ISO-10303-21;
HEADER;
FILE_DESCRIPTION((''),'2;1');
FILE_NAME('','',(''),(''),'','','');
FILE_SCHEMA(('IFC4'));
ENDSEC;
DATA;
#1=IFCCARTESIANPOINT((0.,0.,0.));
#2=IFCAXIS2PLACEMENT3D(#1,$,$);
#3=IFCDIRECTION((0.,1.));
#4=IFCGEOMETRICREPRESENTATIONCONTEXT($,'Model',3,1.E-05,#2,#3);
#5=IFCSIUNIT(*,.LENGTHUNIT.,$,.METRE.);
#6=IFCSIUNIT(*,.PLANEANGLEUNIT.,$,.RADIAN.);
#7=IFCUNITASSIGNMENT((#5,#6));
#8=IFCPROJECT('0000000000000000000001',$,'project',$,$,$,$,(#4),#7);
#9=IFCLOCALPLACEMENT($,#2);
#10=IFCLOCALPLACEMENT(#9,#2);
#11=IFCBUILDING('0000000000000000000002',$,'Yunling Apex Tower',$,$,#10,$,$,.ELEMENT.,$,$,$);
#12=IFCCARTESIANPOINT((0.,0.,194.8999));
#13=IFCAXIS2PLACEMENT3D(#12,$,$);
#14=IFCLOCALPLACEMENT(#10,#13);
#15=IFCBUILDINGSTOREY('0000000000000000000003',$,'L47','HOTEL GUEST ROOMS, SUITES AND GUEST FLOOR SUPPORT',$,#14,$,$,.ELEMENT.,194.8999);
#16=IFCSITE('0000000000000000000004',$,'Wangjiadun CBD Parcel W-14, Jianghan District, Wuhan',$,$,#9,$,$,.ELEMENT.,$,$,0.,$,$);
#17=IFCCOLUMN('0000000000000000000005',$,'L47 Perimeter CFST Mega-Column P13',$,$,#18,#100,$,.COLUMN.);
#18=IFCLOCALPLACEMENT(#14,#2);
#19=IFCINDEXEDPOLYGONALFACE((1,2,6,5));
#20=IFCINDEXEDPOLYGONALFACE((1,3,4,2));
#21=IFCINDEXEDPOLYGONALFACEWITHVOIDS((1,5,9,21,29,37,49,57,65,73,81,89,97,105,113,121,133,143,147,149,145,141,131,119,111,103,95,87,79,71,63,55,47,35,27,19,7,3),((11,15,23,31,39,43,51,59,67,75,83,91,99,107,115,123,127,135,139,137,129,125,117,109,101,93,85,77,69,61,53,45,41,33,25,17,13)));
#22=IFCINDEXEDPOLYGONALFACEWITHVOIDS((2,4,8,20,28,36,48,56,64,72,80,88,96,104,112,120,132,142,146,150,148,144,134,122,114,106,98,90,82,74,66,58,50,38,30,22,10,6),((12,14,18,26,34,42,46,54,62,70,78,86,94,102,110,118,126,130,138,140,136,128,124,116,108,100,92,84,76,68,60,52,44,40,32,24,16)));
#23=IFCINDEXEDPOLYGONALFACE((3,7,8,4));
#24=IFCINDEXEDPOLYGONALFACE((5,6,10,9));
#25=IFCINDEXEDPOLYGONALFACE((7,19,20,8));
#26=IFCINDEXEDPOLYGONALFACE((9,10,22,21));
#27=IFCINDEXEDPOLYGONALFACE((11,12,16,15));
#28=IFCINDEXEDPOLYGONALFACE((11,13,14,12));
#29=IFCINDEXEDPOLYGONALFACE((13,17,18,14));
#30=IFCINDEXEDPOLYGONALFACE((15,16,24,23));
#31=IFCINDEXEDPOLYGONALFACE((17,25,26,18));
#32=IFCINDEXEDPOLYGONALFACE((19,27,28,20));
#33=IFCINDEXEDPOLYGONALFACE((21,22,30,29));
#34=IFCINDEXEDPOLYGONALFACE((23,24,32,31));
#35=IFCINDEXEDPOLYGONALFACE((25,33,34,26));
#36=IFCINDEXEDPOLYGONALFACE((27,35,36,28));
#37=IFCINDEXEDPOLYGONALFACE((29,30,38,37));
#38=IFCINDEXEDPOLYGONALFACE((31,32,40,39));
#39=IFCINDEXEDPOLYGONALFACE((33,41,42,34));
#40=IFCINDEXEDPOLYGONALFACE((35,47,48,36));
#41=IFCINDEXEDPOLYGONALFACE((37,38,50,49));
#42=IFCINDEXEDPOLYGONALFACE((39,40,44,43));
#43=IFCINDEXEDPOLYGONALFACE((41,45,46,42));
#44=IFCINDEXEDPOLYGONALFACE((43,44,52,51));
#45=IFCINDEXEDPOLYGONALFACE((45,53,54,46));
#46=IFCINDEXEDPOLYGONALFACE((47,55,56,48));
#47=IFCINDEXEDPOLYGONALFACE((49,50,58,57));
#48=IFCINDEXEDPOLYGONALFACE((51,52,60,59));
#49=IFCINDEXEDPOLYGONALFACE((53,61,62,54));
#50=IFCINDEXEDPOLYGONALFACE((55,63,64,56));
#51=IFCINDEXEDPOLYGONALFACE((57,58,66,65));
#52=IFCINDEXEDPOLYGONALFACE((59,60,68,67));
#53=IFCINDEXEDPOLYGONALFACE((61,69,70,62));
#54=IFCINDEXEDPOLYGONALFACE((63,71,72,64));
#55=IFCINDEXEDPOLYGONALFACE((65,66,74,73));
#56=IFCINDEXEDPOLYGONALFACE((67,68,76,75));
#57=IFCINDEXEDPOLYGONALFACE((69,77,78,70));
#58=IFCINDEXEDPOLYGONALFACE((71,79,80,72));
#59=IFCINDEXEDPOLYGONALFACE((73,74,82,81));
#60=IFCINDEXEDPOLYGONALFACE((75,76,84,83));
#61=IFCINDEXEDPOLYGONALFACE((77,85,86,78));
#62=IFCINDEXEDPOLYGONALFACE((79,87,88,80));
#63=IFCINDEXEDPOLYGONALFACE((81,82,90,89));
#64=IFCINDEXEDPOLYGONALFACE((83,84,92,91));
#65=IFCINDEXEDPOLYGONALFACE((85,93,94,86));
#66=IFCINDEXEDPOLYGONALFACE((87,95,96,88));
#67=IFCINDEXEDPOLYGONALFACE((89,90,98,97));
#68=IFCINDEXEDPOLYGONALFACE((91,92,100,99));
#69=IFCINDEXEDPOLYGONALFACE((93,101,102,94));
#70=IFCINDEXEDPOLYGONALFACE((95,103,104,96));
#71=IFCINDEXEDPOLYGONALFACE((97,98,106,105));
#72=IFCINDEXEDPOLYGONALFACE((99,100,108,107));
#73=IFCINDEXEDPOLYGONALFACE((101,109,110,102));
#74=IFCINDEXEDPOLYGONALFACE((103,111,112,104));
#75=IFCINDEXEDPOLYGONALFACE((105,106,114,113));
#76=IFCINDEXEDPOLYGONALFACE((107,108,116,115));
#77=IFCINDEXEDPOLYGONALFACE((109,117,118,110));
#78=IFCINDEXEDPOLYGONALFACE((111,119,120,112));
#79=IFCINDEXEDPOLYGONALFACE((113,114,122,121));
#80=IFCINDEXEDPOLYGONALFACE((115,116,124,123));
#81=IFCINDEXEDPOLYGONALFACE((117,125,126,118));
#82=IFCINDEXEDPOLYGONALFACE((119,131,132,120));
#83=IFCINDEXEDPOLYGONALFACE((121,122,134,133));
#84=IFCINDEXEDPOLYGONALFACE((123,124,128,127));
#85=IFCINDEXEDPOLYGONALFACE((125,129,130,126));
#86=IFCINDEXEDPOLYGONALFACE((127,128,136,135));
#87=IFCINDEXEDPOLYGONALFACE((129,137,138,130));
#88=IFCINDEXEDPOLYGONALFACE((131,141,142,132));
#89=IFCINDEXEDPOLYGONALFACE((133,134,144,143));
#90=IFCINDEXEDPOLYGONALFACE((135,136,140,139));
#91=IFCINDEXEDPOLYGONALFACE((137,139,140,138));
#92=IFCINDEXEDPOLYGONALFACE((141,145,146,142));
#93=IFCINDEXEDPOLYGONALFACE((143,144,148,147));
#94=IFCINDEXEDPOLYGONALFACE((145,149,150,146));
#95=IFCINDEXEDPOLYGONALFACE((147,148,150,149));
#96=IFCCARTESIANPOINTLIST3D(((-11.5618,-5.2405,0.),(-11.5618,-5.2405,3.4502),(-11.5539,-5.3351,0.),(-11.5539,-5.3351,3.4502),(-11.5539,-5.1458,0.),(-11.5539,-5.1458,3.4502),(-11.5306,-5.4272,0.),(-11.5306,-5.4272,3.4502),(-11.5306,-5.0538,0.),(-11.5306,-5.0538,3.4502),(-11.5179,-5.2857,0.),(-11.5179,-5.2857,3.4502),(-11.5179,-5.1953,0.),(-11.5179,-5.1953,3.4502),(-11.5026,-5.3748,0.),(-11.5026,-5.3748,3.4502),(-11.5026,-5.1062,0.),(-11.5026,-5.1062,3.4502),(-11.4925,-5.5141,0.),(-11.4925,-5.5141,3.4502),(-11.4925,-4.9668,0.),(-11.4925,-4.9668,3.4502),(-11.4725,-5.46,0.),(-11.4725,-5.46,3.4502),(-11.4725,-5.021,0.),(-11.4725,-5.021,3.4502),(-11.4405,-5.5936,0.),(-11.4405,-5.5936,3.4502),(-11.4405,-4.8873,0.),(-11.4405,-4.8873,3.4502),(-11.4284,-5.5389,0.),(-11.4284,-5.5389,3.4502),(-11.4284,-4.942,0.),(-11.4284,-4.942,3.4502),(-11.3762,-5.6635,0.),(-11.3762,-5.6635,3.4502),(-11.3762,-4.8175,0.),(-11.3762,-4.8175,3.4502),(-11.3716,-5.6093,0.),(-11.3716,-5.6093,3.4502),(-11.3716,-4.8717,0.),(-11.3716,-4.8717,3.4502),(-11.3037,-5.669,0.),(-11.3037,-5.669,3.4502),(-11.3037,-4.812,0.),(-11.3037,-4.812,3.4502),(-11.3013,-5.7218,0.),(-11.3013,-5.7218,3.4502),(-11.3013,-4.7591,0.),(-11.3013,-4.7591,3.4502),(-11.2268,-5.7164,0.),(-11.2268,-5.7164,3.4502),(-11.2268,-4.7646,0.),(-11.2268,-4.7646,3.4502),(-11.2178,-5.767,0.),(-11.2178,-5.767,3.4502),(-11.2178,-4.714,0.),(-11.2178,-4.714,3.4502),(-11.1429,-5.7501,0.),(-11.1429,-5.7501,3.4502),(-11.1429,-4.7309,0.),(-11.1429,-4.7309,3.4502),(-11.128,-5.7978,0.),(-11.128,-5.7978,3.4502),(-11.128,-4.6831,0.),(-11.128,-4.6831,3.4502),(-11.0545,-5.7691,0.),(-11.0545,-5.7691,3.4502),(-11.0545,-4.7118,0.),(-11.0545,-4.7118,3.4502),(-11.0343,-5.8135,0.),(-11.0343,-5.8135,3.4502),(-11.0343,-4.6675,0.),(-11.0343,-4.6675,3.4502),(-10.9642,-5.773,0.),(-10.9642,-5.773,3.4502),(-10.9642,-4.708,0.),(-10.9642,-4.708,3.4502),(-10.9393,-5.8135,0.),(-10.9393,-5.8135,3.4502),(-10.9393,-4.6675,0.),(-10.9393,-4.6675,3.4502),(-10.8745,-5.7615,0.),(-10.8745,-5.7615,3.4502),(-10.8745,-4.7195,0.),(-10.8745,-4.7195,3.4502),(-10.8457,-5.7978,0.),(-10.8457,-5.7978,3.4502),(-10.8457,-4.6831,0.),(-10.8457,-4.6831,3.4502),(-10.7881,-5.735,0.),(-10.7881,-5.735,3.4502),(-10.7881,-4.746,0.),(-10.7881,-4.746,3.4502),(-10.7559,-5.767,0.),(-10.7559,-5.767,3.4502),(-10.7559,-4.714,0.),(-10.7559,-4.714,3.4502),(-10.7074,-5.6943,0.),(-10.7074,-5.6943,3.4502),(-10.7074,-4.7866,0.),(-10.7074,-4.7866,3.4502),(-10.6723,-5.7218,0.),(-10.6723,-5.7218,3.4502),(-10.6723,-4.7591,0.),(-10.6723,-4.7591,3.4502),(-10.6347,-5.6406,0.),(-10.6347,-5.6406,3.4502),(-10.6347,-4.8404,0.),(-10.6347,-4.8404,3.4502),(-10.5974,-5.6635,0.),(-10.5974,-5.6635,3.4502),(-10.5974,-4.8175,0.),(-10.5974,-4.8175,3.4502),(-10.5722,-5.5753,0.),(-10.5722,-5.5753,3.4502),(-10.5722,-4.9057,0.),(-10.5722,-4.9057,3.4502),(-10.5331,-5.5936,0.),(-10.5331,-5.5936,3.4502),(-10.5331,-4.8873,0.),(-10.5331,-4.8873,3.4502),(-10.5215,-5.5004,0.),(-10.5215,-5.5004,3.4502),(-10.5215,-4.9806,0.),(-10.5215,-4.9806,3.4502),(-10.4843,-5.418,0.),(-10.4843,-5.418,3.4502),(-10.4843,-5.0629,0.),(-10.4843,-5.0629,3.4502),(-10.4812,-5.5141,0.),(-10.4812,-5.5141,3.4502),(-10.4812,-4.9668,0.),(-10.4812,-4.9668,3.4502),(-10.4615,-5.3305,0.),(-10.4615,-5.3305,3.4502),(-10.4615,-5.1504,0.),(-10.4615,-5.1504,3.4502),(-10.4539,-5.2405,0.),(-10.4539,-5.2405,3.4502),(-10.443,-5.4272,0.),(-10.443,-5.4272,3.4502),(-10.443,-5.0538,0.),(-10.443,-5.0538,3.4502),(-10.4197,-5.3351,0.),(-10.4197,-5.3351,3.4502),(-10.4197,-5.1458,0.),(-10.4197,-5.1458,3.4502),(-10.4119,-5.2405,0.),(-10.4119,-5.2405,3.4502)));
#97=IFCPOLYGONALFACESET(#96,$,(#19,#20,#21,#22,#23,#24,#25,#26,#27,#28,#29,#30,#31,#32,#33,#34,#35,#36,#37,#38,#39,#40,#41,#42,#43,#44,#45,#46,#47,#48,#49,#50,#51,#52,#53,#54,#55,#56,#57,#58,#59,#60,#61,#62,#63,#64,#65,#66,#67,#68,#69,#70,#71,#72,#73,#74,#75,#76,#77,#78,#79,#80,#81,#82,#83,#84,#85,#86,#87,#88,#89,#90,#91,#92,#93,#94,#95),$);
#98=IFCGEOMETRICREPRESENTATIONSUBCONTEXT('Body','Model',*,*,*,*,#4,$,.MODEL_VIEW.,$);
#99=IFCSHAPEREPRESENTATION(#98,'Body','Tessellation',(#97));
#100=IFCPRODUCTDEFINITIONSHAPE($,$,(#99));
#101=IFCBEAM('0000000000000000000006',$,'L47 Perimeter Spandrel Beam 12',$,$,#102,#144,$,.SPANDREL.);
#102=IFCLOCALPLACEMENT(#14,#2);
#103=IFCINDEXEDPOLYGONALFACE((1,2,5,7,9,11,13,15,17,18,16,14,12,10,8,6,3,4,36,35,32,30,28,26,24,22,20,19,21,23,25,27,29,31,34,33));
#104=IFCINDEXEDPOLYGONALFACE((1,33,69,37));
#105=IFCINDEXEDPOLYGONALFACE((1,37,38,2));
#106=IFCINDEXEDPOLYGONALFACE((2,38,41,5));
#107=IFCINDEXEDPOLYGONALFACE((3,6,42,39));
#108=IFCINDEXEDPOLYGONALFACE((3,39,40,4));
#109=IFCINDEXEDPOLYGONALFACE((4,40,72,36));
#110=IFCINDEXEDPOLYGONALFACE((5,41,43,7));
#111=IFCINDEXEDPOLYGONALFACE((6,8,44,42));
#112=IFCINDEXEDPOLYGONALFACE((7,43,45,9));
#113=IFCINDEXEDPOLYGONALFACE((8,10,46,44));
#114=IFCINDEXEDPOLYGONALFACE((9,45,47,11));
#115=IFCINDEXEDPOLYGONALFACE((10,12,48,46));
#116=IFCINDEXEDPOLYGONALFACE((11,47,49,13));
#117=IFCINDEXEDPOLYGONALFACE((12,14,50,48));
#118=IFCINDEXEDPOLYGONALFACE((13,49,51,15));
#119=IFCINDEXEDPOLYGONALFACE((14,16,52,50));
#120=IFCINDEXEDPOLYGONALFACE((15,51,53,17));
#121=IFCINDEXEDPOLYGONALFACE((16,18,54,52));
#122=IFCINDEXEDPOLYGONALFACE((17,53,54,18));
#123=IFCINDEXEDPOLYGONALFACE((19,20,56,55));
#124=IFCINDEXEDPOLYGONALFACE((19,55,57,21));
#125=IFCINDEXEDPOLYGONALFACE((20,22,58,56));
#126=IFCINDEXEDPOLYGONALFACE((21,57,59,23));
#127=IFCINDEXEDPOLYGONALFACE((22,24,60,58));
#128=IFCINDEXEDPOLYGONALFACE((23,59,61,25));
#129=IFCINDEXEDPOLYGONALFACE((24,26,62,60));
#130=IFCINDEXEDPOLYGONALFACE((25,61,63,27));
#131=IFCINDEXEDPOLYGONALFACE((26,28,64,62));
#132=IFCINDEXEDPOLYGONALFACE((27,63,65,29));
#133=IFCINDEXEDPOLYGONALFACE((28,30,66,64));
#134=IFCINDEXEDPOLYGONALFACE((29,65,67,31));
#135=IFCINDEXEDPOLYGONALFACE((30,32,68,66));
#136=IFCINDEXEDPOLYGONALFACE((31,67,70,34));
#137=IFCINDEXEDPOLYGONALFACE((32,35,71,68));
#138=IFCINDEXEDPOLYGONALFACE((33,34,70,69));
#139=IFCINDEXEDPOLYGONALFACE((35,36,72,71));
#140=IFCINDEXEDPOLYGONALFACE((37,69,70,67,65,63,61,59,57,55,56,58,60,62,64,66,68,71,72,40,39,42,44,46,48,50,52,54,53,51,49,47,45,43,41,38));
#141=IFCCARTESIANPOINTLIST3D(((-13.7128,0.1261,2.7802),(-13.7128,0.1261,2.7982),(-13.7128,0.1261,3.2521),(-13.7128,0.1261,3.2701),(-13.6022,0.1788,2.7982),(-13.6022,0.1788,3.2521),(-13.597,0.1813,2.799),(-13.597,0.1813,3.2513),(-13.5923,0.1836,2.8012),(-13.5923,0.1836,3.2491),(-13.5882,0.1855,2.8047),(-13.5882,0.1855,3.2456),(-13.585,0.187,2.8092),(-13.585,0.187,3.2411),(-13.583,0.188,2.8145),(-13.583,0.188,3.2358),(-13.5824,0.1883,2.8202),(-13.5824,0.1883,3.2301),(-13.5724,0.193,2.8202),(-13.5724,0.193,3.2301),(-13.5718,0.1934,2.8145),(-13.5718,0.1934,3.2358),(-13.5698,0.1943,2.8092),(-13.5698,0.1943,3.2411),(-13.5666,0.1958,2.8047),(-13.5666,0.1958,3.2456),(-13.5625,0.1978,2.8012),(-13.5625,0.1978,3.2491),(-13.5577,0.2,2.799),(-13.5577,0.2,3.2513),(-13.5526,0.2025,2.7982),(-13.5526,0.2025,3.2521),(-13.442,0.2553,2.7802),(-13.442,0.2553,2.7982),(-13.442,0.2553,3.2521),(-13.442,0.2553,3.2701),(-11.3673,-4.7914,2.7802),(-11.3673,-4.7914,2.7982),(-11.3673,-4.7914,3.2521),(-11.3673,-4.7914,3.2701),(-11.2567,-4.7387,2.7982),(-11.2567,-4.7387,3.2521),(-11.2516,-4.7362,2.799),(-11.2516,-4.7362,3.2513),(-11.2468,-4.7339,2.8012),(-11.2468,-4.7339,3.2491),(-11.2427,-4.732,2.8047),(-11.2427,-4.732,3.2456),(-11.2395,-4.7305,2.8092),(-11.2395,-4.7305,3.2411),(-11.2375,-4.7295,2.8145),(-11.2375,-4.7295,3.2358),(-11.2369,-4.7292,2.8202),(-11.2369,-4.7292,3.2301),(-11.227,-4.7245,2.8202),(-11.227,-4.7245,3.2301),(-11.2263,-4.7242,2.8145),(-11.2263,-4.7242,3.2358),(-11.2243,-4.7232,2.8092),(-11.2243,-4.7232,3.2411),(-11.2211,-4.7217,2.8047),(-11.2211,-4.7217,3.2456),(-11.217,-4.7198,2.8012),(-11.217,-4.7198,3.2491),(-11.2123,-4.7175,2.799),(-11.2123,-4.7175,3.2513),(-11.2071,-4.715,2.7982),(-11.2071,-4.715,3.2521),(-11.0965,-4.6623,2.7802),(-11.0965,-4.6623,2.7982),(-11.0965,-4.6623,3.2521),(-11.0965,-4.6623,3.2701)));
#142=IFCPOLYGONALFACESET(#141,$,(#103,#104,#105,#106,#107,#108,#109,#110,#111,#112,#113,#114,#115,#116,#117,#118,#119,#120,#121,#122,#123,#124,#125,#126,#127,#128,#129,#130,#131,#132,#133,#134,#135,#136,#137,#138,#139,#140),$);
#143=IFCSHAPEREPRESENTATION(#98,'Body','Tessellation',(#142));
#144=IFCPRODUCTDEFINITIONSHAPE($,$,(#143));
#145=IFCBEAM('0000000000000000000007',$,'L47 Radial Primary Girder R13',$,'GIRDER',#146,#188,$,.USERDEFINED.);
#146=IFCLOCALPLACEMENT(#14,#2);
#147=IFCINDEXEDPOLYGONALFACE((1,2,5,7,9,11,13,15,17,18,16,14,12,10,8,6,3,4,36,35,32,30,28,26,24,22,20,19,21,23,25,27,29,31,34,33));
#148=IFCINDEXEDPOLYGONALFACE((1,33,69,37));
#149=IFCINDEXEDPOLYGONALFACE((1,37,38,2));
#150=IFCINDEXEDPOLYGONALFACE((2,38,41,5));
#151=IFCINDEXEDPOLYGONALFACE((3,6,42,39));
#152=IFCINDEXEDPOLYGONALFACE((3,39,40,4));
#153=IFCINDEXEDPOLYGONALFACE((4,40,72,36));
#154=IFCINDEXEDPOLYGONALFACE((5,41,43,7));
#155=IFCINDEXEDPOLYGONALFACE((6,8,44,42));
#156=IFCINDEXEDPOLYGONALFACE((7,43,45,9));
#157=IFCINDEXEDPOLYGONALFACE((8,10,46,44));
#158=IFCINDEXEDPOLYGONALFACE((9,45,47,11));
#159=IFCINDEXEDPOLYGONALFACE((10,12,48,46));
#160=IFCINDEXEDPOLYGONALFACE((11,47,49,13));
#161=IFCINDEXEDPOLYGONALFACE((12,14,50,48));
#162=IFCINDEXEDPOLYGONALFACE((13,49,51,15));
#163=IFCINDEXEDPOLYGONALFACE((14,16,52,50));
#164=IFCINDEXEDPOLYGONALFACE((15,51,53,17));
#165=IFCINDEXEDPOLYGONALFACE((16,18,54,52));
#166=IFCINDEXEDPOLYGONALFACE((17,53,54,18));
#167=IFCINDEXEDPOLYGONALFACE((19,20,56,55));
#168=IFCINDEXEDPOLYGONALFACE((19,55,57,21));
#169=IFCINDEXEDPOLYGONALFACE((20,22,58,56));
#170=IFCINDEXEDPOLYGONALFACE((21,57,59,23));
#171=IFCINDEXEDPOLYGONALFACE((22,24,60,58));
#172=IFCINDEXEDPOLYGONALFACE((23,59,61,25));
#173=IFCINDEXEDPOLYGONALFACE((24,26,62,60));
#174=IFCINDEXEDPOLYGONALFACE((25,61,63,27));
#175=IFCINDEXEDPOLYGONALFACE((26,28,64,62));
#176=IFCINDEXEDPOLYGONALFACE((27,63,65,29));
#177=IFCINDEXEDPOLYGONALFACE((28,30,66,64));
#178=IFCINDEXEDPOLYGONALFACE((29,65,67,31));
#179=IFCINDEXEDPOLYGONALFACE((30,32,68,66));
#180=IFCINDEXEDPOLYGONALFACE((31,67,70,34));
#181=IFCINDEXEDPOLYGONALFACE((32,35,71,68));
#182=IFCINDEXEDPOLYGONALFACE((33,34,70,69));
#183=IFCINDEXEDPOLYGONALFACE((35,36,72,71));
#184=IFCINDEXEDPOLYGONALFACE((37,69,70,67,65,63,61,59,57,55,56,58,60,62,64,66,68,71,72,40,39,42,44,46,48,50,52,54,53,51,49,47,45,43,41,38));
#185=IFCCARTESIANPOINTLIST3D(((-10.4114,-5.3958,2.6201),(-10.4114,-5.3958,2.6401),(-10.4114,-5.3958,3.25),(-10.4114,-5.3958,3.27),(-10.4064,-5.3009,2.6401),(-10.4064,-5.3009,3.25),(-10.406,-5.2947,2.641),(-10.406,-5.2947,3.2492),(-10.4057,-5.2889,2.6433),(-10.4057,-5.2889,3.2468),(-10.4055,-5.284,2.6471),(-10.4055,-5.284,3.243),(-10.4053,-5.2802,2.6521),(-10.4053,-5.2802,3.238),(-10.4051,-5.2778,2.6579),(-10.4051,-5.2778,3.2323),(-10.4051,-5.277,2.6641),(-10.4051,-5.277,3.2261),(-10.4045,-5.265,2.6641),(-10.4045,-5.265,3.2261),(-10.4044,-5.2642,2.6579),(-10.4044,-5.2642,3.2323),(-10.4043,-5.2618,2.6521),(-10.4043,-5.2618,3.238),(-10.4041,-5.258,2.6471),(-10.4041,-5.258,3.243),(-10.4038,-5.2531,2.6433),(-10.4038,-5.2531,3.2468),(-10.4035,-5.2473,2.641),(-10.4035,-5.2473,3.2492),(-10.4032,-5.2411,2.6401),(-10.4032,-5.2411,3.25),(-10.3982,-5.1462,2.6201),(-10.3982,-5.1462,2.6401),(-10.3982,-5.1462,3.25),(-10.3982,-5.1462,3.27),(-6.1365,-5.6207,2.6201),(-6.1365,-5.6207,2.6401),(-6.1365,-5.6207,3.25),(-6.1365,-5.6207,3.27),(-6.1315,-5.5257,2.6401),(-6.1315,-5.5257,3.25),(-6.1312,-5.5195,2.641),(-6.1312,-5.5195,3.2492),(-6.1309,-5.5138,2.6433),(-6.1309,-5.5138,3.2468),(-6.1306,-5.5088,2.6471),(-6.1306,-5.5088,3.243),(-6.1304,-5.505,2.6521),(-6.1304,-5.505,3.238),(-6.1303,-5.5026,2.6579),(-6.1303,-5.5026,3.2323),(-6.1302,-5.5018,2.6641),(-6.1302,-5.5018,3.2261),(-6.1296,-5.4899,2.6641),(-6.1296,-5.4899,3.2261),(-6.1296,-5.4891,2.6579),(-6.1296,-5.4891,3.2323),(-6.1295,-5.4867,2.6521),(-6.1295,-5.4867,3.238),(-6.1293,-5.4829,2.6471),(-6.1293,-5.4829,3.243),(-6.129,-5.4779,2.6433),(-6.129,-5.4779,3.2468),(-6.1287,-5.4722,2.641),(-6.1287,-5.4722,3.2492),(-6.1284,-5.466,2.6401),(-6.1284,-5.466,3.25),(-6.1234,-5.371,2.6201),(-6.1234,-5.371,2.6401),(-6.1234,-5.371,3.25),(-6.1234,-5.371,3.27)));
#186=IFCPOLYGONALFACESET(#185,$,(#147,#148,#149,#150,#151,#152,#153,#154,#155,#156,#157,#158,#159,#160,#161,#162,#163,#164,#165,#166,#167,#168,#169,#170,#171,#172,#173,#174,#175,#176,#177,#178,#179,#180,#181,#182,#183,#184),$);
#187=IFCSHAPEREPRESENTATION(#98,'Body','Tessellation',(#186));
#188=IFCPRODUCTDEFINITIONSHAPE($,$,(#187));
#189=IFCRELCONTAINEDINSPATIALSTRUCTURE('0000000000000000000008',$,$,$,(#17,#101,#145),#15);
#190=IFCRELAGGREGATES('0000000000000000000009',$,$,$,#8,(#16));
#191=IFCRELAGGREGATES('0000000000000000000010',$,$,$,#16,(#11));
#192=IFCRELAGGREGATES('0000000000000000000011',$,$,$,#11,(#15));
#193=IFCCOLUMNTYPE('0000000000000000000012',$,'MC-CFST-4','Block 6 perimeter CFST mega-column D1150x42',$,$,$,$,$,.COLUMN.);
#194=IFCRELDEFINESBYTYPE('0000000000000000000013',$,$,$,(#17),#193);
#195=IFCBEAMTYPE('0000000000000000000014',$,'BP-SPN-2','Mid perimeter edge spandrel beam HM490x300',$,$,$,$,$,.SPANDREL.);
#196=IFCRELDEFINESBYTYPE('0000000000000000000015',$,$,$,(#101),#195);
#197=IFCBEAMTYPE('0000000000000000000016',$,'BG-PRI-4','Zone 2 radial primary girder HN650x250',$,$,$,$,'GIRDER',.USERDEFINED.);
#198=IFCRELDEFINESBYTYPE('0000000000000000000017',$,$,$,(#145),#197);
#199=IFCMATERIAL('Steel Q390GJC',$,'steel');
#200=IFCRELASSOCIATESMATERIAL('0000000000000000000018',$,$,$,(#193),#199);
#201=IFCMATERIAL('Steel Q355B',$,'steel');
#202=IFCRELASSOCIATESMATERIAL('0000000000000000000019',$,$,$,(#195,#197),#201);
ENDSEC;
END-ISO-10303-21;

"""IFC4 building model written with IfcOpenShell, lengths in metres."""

from ifc_helpers import new_model, si_unit, direction, frame, origin, origin_2d, place, context, subcontext, project, spatial, hollow_circle, i_section, extrude, source, transform, mapped, material, material_profile, profile_set, type_object, element, save


model = new_model("IFC4")

# Units and contexts
model_context = context("Model", 3, precision=1e-05, world=origin(), true_north=direction((0.0, 1.0)))
body_context = subcontext(model_context, "Body", "Model", "MODEL_VIEW")
ifc_project = project(units=[si_unit("LENGTHUNIT", "METRE"), si_unit("PLANEANGLEUNIT", "RADIAN")], contexts=[model_context])

# Site, building, storey
site_placement = place(None, origin())
site = spatial("IfcSite", under=ifc_project, at=site_placement, Name="Wangjiadun CBD Parcel W-14, Jianghan District, Wuhan", CompositionType="ELEMENT", RefElevation=0.0)
building_placement = place(site_placement, origin())
building = spatial("IfcBuilding", under=site, at=building_placement, Name="Yunling Apex Tower", CompositionType="ELEMENT")
storey_placement = place(building_placement, frame((0.0, 0.0, 194.8999)))
storey = spatial("IfcBuildingStorey", under=building, at=storey_placement, Name="L47", Description="HOTEL GUEST ROOMS, SUITES AND GUEST FLOOR SUPPORT", CompositionType="ELEMENT", Elevation=194.8999)

# Column
ifc_material_1 = material(Name="Steel Q390GJC", Category="steel")
ifc_material_profile_1 = material_profile(ifc_material_1, hollow_circle(Radius=0.575, WallThickness=0.042, at=origin_2d()))
ifc_profile_set_1 = profile_set([ifc_material_profile_1], Name="Steel Q390GJC")
column_type = type_object("IfcColumnType", Name="MC-CFST-4", Description="Block 6 perimeter CFST mega-column D1150x42", PredefinedType="COLUMN", material=ifc_profile_set_1)
shared_shape_1 = source(origin(), body_context, "Body", "SweptSolid", [
    extrude(hollow_circle(Radius=0.575, WallThickness=0.042, at=origin_2d()), origin(), (0.0, 0.0, 1.0), 3.4502),
])
column_placement = place(storey_placement, frame((-10.9868, -5.2405, 0.0), z_axis=(0.0, 0.0, 1.0), x_axis=(1.0, 0.0, 0.0)))
element("IfcColumn", 1, at=column_placement, inside=storey, type_object=column_type, Name="L47 Perimeter CFST Mega-Column P13", PredefinedType="COLUMN", context=body_context, shape_type="MappedRepresentation", body=[
    mapped(shared_shape_1, transform((0.0, 0.0, 0.0), scale=1.0)),
])

# Beams
ifc_material_2 = material(Name="Steel Q355B", Category="steel")
ifc_material_profile_2 = material_profile(ifc_material_2, i_section(OverallWidth=0.3, OverallDepth=0.49, WebThickness=0.011, FlangeThickness=0.0181, FilletRadius=0.022, at=origin_2d()))
ifc_profile_set_2 = profile_set([ifc_material_profile_2], Name="Steel Q355B")
beam_type_1 = type_object("IfcBeamType", Name="BP-SPN-2", Description="Mid perimeter edge spandrel beam HM490x300", PredefinedType="SPANDREL", material=ifc_profile_set_2)
shared_shape_2 = source(origin(), body_context, "Body", "SweptSolid", [
    extrude(i_section(OverallWidth=0.3, OverallDepth=0.49, WebThickness=0.011, FlangeThickness=0.0181, FilletRadius=0.022, at=origin_2d()), origin(), (0.0, 0.0, 1.0), 5.4482),
])
beam_1_placement = place(storey_placement, frame((-13.5774, 0.1907, 3.0251), z_axis=(0.430502, -0.902589, 0.0), x_axis=(0.902589, 0.430502, 0.0)))
element("IfcBeam", 2, at=beam_1_placement, inside=storey, type_object=beam_type_1, Name="L47 Perimeter Spandrel Beam 12", PredefinedType="SPANDREL", context=body_context, shape_type="MappedRepresentation", body=[
    mapped(shared_shape_2, transform((0.0, 0.0, 0.0), scale=1.0)),
])
ifc_material_profile_3 = material_profile(ifc_material_2, i_section(OverallWidth=0.25, OverallDepth=0.6499, WebThickness=0.012, FlangeThickness=0.02, FilletRadius=0.0239, at=origin_2d()))
ifc_profile_set_3 = profile_set([ifc_material_profile_3], Name="Steel Q355B")
beam_type_2 = type_object("IfcBeamType", Name="BG-PRI-4", Description="Zone 2 radial primary girder HN650x250", ElementType="GIRDER", PredefinedType="USERDEFINED", material=ifc_profile_set_3)
shared_shape_3 = source(origin(), body_context, "Body", "SweptSolid", [
    extrude(i_section(OverallWidth=0.25, OverallDepth=0.6499, WebThickness=0.012, FlangeThickness=0.02, FilletRadius=0.0239, at=origin_2d()), origin(), (0.0, 0.0, 1.0), 4.2808),
])
beam_2_placement = place(storey_placement, frame((-10.4048, -5.271, 2.9451), z_axis=(0.99862, -0.052526, 0.0), x_axis=(0.052526, 0.99862, 0.0)))
element("IfcBeam", 3, at=beam_2_placement, inside=storey, type_object=beam_type_2, Name="L47 Radial Primary Girder R13", ObjectType="GIRDER", PredefinedType="USERDEFINED", context=body_context, shape_type="MappedRepresentation", body=[
    mapped(shared_shape_3, transform((0.0, 0.0, 0.0), scale=1.0)),
])

save(model, "model.ifc")
